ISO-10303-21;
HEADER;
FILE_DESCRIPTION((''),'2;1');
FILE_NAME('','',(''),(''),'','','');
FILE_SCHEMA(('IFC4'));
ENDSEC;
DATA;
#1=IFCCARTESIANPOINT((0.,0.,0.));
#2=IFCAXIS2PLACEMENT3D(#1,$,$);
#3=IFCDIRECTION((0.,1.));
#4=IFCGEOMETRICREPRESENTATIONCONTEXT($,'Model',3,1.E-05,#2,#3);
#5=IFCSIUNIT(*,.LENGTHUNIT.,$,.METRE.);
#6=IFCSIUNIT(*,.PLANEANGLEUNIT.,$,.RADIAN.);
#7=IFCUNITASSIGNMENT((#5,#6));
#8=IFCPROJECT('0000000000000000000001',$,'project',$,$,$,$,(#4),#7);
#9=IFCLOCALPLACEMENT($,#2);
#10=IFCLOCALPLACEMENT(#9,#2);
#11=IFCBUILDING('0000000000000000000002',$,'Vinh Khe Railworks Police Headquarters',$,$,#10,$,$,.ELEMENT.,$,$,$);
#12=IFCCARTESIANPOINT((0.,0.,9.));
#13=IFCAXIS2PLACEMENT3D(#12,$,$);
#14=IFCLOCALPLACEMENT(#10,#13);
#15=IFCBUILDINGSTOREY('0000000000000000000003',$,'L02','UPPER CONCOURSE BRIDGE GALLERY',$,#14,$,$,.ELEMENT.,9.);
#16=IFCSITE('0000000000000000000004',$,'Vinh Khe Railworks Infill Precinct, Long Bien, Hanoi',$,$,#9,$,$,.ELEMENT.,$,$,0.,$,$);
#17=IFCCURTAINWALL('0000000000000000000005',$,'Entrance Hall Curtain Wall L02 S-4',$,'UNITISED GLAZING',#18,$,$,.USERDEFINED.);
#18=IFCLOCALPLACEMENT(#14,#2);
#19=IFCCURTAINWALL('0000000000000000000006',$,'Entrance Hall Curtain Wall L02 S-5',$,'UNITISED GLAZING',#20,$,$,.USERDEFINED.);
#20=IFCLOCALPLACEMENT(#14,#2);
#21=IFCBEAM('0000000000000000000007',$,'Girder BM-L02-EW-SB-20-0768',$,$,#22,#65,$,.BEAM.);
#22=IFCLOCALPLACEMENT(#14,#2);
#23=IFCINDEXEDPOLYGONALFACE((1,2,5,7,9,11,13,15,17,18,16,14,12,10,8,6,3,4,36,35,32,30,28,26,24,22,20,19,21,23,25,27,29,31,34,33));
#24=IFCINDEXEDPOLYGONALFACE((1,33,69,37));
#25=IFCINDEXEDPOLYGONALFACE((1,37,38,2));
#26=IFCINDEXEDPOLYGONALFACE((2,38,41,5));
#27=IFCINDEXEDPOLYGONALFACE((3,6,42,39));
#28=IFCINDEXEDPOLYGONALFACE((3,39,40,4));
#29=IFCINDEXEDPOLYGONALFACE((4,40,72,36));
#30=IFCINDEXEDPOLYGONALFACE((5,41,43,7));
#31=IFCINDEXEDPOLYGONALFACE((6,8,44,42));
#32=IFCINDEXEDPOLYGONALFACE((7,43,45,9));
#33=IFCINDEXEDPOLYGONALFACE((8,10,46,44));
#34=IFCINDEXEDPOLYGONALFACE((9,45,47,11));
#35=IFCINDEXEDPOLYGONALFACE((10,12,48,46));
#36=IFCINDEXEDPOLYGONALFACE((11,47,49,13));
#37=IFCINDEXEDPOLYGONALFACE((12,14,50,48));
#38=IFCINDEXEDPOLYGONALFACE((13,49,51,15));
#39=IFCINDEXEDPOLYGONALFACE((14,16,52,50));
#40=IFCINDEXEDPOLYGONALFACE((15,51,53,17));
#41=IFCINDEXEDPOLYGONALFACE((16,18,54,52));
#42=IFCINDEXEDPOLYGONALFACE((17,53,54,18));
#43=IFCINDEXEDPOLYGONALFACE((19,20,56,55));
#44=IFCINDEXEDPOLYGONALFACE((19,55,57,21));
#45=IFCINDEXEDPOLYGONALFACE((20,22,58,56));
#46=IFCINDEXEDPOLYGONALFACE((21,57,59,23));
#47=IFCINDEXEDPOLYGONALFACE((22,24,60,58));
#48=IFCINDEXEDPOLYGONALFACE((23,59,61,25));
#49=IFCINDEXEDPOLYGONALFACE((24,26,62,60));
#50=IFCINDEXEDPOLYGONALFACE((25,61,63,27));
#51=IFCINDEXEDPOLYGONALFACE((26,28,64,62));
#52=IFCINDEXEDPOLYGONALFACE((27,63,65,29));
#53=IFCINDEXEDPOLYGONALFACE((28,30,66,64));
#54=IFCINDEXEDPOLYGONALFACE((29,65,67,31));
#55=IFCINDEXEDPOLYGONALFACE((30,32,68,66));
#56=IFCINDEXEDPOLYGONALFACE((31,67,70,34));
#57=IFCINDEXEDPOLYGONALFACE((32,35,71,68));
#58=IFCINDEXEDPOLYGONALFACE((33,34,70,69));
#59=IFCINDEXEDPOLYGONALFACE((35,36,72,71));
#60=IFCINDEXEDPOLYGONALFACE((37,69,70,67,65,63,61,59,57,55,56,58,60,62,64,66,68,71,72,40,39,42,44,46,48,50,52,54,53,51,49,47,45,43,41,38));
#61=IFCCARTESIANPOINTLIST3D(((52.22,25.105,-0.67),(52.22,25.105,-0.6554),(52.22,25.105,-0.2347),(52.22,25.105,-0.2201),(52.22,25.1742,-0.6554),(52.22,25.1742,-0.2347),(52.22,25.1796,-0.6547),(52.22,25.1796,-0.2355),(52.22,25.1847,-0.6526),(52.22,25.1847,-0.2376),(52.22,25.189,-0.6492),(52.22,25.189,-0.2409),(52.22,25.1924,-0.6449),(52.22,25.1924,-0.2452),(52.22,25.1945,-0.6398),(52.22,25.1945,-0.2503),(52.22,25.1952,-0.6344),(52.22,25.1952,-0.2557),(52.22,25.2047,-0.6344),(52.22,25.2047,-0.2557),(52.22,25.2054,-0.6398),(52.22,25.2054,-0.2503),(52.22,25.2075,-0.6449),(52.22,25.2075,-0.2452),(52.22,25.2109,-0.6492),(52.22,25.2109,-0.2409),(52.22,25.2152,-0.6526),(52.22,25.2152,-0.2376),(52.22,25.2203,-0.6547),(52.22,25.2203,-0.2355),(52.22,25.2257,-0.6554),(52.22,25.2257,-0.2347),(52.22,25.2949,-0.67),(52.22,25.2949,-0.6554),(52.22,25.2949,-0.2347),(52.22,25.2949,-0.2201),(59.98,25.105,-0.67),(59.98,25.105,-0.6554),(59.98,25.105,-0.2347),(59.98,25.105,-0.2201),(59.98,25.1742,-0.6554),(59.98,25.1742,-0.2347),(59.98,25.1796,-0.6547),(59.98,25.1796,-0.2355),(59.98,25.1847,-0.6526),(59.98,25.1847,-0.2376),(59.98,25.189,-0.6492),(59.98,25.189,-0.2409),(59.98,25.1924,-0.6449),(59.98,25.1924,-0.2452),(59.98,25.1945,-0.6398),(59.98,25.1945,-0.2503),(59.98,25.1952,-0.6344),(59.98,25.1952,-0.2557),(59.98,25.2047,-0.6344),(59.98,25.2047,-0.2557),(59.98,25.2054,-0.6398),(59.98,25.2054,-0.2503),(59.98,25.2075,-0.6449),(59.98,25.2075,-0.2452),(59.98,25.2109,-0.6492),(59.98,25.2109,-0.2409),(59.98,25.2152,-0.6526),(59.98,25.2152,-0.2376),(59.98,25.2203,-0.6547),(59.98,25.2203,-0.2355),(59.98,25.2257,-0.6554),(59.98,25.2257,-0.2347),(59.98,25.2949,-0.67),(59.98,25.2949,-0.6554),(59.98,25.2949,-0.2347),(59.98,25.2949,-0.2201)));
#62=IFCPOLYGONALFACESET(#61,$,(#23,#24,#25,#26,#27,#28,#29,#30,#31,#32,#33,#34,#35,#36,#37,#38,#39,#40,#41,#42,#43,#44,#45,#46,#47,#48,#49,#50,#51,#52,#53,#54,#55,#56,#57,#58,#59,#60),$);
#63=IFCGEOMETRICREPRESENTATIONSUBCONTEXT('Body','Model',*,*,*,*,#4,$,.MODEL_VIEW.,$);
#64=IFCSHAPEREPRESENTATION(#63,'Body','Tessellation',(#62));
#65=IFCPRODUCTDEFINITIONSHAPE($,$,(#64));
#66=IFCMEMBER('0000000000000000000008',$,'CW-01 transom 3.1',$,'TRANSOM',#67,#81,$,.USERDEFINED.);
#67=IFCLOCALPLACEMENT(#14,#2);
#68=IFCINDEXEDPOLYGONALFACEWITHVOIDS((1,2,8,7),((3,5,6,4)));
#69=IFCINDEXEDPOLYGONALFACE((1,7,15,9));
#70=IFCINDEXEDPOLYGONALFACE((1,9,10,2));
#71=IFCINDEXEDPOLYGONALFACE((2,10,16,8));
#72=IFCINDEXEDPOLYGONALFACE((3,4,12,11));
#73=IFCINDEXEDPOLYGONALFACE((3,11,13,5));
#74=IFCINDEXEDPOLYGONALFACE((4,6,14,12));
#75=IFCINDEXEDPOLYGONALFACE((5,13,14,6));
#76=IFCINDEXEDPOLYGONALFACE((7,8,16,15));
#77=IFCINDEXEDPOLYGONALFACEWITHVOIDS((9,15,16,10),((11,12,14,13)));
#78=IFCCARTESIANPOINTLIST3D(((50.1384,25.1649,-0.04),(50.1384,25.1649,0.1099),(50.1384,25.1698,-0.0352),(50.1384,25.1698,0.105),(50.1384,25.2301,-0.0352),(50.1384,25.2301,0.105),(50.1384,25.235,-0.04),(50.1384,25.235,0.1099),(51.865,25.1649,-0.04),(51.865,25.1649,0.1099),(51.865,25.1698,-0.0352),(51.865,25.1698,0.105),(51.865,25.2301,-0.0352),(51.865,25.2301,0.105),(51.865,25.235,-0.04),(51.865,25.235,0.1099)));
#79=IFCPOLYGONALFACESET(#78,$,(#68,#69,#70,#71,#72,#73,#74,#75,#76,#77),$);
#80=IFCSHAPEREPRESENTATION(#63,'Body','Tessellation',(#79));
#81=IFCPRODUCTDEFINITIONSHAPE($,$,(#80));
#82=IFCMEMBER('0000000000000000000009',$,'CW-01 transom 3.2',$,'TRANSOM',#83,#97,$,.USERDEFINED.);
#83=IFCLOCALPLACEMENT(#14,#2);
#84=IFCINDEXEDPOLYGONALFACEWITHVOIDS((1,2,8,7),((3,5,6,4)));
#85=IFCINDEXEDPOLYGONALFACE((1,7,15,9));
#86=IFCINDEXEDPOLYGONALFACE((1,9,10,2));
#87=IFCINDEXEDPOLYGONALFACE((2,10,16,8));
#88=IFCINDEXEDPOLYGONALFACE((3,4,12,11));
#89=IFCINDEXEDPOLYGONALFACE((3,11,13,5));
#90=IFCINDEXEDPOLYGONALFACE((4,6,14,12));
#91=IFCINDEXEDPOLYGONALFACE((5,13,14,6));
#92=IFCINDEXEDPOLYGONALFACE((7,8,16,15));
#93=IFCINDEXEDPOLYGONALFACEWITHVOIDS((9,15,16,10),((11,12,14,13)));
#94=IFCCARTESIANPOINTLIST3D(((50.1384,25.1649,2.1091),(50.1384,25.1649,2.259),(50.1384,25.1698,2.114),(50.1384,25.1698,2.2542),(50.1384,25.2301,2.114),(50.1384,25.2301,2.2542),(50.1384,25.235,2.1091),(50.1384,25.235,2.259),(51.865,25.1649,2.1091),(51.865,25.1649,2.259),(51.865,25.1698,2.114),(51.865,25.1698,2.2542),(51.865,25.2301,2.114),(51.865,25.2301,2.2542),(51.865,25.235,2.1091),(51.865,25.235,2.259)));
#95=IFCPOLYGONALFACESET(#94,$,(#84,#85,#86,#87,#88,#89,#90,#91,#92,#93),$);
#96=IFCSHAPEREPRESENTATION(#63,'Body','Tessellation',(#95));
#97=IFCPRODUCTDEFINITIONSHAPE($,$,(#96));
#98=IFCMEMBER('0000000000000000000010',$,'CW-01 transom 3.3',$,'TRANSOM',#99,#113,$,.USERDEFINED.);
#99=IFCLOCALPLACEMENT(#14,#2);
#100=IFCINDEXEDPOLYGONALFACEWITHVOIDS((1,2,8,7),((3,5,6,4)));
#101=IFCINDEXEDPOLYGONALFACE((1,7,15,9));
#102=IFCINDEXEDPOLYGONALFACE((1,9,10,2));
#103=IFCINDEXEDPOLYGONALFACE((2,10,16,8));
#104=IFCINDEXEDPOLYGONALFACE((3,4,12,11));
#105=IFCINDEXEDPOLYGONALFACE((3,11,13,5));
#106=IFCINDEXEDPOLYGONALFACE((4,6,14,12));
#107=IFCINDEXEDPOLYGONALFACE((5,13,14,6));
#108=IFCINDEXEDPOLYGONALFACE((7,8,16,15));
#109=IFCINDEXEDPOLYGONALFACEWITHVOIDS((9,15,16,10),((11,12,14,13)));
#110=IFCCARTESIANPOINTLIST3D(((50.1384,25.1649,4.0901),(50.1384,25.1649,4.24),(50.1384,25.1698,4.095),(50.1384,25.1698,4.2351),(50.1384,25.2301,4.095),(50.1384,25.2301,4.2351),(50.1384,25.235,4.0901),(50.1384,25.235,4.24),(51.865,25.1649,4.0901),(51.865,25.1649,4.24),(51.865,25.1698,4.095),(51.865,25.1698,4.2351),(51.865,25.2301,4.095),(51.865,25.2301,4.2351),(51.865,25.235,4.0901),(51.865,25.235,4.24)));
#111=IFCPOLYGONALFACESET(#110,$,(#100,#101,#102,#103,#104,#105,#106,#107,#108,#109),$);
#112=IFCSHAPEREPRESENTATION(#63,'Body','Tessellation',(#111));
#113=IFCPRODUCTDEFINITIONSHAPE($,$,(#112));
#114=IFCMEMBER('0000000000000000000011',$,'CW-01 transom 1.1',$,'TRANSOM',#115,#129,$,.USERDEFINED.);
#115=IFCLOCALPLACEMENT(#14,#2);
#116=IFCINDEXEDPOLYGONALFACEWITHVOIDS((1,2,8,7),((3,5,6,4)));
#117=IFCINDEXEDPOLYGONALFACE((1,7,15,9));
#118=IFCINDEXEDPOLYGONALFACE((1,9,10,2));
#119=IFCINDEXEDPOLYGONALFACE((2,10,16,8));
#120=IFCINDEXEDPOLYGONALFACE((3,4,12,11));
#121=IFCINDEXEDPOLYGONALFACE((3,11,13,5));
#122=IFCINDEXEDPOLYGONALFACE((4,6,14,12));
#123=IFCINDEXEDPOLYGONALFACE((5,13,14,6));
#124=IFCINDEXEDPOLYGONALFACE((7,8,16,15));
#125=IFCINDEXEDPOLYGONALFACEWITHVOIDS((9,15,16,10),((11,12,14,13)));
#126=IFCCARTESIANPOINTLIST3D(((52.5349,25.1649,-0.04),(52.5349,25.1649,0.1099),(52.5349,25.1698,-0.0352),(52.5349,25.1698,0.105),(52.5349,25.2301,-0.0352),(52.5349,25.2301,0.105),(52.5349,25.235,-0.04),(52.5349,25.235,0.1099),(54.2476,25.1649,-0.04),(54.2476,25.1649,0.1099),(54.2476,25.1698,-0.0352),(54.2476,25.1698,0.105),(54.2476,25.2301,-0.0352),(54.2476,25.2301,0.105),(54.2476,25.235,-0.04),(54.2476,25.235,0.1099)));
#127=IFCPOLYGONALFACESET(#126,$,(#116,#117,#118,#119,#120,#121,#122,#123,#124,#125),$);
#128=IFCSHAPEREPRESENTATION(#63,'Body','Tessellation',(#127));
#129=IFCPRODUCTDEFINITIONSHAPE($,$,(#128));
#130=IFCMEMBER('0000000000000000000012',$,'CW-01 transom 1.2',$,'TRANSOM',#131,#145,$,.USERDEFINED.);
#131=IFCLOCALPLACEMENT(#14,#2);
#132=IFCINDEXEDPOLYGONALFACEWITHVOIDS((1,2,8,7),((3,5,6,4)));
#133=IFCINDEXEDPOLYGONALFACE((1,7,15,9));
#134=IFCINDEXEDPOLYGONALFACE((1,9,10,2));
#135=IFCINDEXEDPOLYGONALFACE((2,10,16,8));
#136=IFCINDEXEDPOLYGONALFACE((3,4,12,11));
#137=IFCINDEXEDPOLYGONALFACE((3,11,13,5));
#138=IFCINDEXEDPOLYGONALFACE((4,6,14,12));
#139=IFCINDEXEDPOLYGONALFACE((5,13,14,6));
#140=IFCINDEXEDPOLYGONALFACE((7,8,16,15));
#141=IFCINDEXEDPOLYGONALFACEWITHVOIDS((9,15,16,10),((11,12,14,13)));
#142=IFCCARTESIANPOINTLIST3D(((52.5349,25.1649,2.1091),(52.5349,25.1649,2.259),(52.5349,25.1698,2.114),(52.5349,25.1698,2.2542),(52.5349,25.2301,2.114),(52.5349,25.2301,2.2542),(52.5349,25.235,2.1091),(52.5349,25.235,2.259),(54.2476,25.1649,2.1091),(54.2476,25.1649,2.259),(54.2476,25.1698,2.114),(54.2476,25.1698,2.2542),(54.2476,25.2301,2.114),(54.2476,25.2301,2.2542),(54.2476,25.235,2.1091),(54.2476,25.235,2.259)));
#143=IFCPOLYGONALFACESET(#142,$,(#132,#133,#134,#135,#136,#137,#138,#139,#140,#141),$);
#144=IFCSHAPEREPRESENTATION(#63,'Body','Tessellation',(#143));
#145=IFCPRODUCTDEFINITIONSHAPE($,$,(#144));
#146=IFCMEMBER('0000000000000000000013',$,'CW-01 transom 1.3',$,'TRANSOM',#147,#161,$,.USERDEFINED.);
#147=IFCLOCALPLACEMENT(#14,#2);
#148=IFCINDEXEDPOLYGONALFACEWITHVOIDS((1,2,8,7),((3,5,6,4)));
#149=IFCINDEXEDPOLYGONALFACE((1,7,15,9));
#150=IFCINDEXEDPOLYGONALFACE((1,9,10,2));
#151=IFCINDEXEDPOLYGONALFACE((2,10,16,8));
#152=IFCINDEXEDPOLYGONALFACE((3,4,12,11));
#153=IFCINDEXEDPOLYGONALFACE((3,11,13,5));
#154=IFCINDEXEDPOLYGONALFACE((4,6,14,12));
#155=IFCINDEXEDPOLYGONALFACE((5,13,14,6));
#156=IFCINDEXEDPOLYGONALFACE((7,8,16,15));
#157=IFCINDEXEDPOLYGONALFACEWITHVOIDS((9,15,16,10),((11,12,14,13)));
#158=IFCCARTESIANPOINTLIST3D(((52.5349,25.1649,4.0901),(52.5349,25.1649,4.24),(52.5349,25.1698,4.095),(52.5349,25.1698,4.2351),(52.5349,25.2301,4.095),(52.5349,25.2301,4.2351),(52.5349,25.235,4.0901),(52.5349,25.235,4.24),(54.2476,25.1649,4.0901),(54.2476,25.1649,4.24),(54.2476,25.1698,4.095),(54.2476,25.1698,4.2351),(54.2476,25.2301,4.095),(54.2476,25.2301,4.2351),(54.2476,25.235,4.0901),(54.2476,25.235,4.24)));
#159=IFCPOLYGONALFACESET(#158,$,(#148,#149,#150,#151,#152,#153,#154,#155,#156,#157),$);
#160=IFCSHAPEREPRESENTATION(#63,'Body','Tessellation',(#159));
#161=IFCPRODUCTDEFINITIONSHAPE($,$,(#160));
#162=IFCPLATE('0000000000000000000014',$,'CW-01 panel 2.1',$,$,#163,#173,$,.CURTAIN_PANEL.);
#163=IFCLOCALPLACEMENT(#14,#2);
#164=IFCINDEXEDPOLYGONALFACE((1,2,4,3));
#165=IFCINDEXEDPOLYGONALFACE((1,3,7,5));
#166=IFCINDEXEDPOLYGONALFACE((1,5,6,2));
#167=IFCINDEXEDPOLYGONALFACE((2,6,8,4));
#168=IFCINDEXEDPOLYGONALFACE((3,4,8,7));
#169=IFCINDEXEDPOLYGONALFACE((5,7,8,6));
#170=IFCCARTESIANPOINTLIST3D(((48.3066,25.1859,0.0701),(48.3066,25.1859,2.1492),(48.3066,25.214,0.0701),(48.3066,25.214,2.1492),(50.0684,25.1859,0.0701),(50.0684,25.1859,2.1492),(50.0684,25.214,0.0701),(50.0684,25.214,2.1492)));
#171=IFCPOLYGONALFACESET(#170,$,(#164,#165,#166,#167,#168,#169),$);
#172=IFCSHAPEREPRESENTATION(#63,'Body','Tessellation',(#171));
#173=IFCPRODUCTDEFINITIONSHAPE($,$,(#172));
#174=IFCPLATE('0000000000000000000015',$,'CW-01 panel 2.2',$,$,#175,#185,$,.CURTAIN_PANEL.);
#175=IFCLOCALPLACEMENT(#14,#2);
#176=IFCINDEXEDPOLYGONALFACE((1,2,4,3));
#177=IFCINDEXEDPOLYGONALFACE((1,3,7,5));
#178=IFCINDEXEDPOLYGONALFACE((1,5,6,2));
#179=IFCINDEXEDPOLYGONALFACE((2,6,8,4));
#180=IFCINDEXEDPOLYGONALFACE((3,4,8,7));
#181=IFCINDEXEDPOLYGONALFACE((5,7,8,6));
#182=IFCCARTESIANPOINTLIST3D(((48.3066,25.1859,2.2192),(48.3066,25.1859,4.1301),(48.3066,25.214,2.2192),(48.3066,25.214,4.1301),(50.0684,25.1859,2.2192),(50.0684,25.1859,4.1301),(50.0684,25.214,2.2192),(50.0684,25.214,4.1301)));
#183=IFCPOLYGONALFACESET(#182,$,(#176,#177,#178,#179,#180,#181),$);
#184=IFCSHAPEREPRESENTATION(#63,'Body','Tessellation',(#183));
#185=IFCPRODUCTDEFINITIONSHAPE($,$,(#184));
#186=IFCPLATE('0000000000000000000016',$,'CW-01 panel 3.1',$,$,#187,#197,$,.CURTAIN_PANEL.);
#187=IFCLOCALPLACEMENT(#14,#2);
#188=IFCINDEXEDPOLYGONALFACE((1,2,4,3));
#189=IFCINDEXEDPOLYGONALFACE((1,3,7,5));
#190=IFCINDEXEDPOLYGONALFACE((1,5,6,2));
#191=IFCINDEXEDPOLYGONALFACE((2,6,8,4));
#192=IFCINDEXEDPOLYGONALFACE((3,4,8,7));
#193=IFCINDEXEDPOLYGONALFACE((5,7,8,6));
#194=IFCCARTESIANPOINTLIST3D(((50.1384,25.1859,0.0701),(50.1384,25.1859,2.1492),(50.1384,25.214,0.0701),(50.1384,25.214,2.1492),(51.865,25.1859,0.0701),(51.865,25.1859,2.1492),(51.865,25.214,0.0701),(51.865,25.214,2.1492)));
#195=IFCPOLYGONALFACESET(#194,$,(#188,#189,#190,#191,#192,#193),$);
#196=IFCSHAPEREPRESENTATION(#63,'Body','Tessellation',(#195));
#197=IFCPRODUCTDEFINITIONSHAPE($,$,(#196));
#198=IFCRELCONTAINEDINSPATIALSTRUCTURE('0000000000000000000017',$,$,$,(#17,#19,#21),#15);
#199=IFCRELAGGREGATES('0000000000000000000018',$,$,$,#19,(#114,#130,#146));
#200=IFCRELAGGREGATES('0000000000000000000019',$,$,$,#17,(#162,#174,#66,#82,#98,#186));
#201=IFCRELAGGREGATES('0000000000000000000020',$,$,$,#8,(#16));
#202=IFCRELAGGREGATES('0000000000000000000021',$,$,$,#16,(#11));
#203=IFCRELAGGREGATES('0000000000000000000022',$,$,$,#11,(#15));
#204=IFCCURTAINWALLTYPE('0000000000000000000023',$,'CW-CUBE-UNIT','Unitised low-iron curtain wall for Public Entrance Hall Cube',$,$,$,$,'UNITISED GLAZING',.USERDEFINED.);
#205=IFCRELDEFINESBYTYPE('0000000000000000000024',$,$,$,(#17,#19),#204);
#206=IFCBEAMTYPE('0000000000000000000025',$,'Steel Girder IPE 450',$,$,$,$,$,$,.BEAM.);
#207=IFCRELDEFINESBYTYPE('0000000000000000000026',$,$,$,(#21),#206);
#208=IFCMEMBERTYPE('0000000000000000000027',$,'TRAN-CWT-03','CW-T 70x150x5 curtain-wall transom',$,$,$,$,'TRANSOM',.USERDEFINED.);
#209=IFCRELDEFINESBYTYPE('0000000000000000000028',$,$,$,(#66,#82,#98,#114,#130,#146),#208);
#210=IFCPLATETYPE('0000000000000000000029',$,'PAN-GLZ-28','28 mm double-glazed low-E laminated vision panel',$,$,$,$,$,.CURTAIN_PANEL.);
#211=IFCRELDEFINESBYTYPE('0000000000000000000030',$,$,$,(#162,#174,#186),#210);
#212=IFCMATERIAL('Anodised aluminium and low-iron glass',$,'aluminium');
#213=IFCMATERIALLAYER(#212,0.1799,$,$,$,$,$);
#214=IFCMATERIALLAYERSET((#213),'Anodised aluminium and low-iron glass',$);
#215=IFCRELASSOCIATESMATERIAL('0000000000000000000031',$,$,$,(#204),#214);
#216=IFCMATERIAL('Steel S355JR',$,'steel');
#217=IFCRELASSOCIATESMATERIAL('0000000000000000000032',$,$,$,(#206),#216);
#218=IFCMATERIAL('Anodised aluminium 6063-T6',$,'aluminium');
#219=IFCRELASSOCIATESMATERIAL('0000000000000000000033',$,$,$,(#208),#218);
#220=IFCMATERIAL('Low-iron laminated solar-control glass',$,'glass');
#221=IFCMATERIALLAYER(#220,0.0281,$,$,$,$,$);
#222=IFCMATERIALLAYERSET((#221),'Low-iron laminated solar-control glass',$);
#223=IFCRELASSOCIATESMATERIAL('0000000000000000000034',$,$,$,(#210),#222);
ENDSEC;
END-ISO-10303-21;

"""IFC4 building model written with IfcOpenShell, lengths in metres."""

from ifc_helpers import new_model, si_unit, direction, frame, origin, origin_2d, place, context, subcontext, project, spatial, rectangle, hollow_rectangle, i_section, extrude, material, layer, layer_set, material_profile, profile_set, type_object, element, aggregate, save


model = new_model("IFC4")

# Units and contexts
model_context = context("Model", 3, precision=1e-05, world=origin(), true_north=direction((0.0, 1.0)))
body_context = subcontext(model_context, "Body", "Model", "MODEL_VIEW")
ifc_project = project(units=[si_unit("LENGTHUNIT", "METRE"), si_unit("PLANEANGLEUNIT", "RADIAN")], contexts=[model_context])

# Site, building, storey
site_placement = place(None, origin())
site = spatial("IfcSite", under=ifc_project, at=site_placement, Name="Vinh Khe Railworks Infill Precinct, Long Bien, Hanoi", CompositionType="ELEMENT", RefElevation=0.0)
building_placement = place(site_placement, origin())
building = spatial("IfcBuilding", under=site, at=building_placement, Name="Vinh Khe Railworks Police Headquarters", CompositionType="ELEMENT")
storey_placement = place(building_placement, frame((0.0, 0.0, 9.0)))
storey = spatial("IfcBuildingStorey", under=building, at=storey_placement, Name="L02", Description="UPPER CONCOURSE BRIDGE GALLERY", CompositionType="ELEMENT", Elevation=9.0)

# Shared definitions
ifc_material_1 = material(Name="Steel S355JR", Category="steel")

# Curtain wall
ifc_material_2 = material(Name="Anodised aluminium and low-iron glass", Category="aluminium")
ifc_layer_1 = layer(ifc_material_2, 0.1799)
ifc_layer_set_1 = layer_set([ifc_layer_1], Name="Anodised aluminium and low-iron glass")
curtain_wall_type = type_object("IfcCurtainWallType", Name="CW-CUBE-UNIT", Description="Unitised low-iron curtain wall for Public Entrance Hall Cube", ElementType="UNITISED GLAZING", PredefinedType="USERDEFINED", material=ifc_layer_set_1)
curtain_wall_1_placement = place(storey_placement, origin())
curtain_wall_1 = element("IfcCurtainWall", 1, at=curtain_wall_1_placement, inside=storey, type_object=curtain_wall_type, Name="Entrance Hall Curtain Wall L02 S-4", ObjectType="UNITISED GLAZING", PredefinedType="USERDEFINED")
ifc_material_3 = material(Name="Anodised aluminium 6063-T6", Category="aluminium")

# Curtain wall
curtain_wall_2_placement = place(storey_placement, origin())
curtain_wall_2 = element("IfcCurtainWall", 2, at=curtain_wall_2_placement, inside=storey, type_object=curtain_wall_type, Name="Entrance Hall Curtain Wall L02 S-5", ObjectType="UNITISED GLAZING", PredefinedType="USERDEFINED")

# Beam
ifc_material_profile_1 = material_profile(ifc_material_1, i_section(OverallWidth=0.1899, OverallDepth=0.45, WebThickness=0.0095, FlangeThickness=0.0146, FilletRadius=0.021, at=origin_2d()), Name="IPE 450")
ifc_profile_set_1 = profile_set([ifc_material_profile_1], Name="Steel S355JR")
beam_type = type_object("IfcBeamType", Name="Steel Girder IPE 450", PredefinedType="BEAM", material=ifc_profile_set_1)
beam_placement = place(storey_placement, frame((52.22, 25.2, -0.4451), z_axis=(1.0, 0.0, 0.0), x_axis=(0.0, 1.0, 0.0)))
element("IfcBeam", 3, at=beam_placement, inside=storey, type_object=beam_type, Name="Girder BM-L02-EW-SB-20-0768", PredefinedType="BEAM", context=body_context, shape_type="SweptSolid", body=[
    extrude(i_section(OverallWidth=0.1899, OverallDepth=0.45, WebThickness=0.0095, FlangeThickness=0.0146, FilletRadius=0.021, at=origin_2d()), origin(), (0.0, 0.0, 1.0), 7.76),
])

# Members
ifc_material_profile_2 = material_profile(ifc_material_3, hollow_rectangle(XDim=0.0701, YDim=0.1499, WallThickness=0.0049, at=origin_2d()), Name="CW-T 70x150x5")
ifc_profile_set_2 = profile_set([ifc_material_profile_2], Name="Anodised aluminium 6063-T6")
member_type_1 = type_object("IfcMemberType", Name="TRAN-CWT-03", Description="CW-T 70x150x5 curtain-wall transom", ElementType="TRANSOM", PredefinedType="USERDEFINED", material=ifc_profile_set_2)
member_1_placement = place(storey_placement, frame((50.1384, 25.2, 0.0349), z_axis=(1.0, 0.0, 0.0), x_axis=(0.0, 1.0, 0.0)))
member_1 = element("IfcMember", 4, at=member_1_placement, type_object=member_type_1, Name="CW-01 transom 3.1", ObjectType="TRANSOM", PredefinedType="USERDEFINED", context=body_context, shape_type="SweptSolid", body=[
    extrude(hollow_rectangle(XDim=0.0701, YDim=0.1499, WallThickness=0.0049, at=origin_2d()), origin(), (0.0, 0.0, 1.0), 1.7266),
])
member_2_placement = place(storey_placement, frame((50.1384, 25.2, 2.1841), z_axis=(1.0, 0.0, 0.0), x_axis=(0.0, 1.0, 0.0)))
member_2 = element("IfcMember", 5, at=member_2_placement, type_object=member_type_1, Name="CW-01 transom 3.2", ObjectType="TRANSOM", PredefinedType="USERDEFINED", context=body_context, shape_type="SweptSolid", body=[
    extrude(hollow_rectangle(XDim=0.0701, YDim=0.1499, WallThickness=0.0049, at=origin_2d()), origin(), (0.0, 0.0, 1.0), 1.7266),
])
member_3_placement = place(storey_placement, frame((50.1384, 25.2, 4.165), z_axis=(1.0, 0.0, 0.0), x_axis=(0.0, 1.0, 0.0)))
member_3 = element("IfcMember", 6, at=member_3_placement, type_object=member_type_1, Name="CW-01 transom 3.3", ObjectType="TRANSOM", PredefinedType="USERDEFINED", context=body_context, shape_type="SweptSolid", body=[
    extrude(hollow_rectangle(XDim=0.0701, YDim=0.1499, WallThickness=0.0049, at=origin_2d()), origin(), (0.0, 0.0, 1.0), 1.7266),
])
member_4_placement = place(storey_placement, frame((52.5349, 25.2, 0.0349), z_axis=(1.0, 0.0, 0.0), x_axis=(0.0, 1.0, 0.0)))
member_4 = element("IfcMember", 7, at=member_4_placement, type_object=member_type_1, Name="CW-01 transom 1.1", ObjectType="TRANSOM", PredefinedType="USERDEFINED", context=body_context, shape_type="SweptSolid", body=[
    extrude(hollow_rectangle(XDim=0.0701, YDim=0.1499, WallThickness=0.0049, at=origin_2d()), origin(), (0.0, 0.0, 1.0), 1.7126),
])
member_5_placement = place(storey_placement, frame((52.5349, 25.2, 2.1841), z_axis=(1.0, 0.0, 0.0), x_axis=(0.0, 1.0, 0.0)))
member_5 = element("IfcMember", 8, at=member_5_placement, type_object=member_type_1, Name="CW-01 transom 1.2", ObjectType="TRANSOM", PredefinedType="USERDEFINED", context=body_context, shape_type="SweptSolid", body=[
    extrude(hollow_rectangle(XDim=0.0701, YDim=0.1499, WallThickness=0.0049, at=origin_2d()), origin(), (0.0, 0.0, 1.0), 1.7126),
])
member_6_placement = place(storey_placement, frame((52.5349, 25.2, 4.165), z_axis=(1.0, 0.0, 0.0), x_axis=(0.0, 1.0, 0.0)))
member_6 = element("IfcMember", 9, at=member_6_placement, type_object=member_type_1, Name="CW-01 transom 1.3", ObjectType="TRANSOM", PredefinedType="USERDEFINED", context=body_context, shape_type="SweptSolid", body=[
    extrude(hollow_rectangle(XDim=0.0701, YDim=0.1499, WallThickness=0.0049, at=origin_2d()), origin(), (0.0, 0.0, 1.0), 1.7126),
])
aggregate(curtain_wall_2, [member_4, member_5, member_6])

# Plates
ifc_material_4 = material(Name="Low-iron laminated solar-control glass", Category="glass")
ifc_layer_2 = layer(ifc_material_4, 0.0281)
ifc_layer_set_2 = layer_set([ifc_layer_2], Name="Low-iron laminated solar-control glass")
plate_type = type_object("IfcPlateType", Name="PAN-GLZ-28", Description="28 mm double-glazed low-E laminated vision panel", PredefinedType="CURTAIN_PANEL", material=ifc_layer_set_2)
plate_1_placement = place(storey_placement, frame((49.1875, 25.2, 0.0701), z_axis=(0.0, 0.0, 1.0), x_axis=(1.0, 0.0, 0.0)))
plate_1 = element("IfcPlate", 10, at=plate_1_placement, type_object=plate_type, Name="CW-01 panel 2.1", PredefinedType="CURTAIN_PANEL", context=body_context, shape_type="SweptSolid", body=[
    extrude(rectangle(XDim=1.7617, YDim=0.0281, at=origin_2d()), origin(), (0.0, 0.0, 1.0), 2.0791),
])
plate_2_placement = place(storey_placement, frame((49.1875, 25.2, 2.2192), z_axis=(0.0, 0.0, 1.0), x_axis=(1.0, 0.0, 0.0)))
plate_2 = element("IfcPlate", 11, at=plate_2_placement, type_object=plate_type, Name="CW-01 panel 2.2", PredefinedType="CURTAIN_PANEL", context=body_context, shape_type="SweptSolid", body=[
    extrude(rectangle(XDim=1.7617, YDim=0.0281, at=origin_2d()), origin(), (0.0, 0.0, 1.0), 1.9109),
])
plate_3_placement = place(storey_placement, frame((51.0017, 25.2, 0.0701), z_axis=(0.0, 0.0, 1.0), x_axis=(1.0, 0.0, 0.0)))
plate_3 = element("IfcPlate", 12, at=plate_3_placement, type_object=plate_type, Name="CW-01 panel 3.1", PredefinedType="CURTAIN_PANEL", context=body_context, shape_type="SweptSolid", body=[
    extrude(rectangle(XDim=1.7266, YDim=0.0281, at=origin_2d()), origin(), (0.0, 0.0, 1.0), 2.0791),
])
aggregate(curtain_wall_1, [plate_1, plate_2, member_1, member_2, member_3, plate_3])

save(model, "model.ifc")
